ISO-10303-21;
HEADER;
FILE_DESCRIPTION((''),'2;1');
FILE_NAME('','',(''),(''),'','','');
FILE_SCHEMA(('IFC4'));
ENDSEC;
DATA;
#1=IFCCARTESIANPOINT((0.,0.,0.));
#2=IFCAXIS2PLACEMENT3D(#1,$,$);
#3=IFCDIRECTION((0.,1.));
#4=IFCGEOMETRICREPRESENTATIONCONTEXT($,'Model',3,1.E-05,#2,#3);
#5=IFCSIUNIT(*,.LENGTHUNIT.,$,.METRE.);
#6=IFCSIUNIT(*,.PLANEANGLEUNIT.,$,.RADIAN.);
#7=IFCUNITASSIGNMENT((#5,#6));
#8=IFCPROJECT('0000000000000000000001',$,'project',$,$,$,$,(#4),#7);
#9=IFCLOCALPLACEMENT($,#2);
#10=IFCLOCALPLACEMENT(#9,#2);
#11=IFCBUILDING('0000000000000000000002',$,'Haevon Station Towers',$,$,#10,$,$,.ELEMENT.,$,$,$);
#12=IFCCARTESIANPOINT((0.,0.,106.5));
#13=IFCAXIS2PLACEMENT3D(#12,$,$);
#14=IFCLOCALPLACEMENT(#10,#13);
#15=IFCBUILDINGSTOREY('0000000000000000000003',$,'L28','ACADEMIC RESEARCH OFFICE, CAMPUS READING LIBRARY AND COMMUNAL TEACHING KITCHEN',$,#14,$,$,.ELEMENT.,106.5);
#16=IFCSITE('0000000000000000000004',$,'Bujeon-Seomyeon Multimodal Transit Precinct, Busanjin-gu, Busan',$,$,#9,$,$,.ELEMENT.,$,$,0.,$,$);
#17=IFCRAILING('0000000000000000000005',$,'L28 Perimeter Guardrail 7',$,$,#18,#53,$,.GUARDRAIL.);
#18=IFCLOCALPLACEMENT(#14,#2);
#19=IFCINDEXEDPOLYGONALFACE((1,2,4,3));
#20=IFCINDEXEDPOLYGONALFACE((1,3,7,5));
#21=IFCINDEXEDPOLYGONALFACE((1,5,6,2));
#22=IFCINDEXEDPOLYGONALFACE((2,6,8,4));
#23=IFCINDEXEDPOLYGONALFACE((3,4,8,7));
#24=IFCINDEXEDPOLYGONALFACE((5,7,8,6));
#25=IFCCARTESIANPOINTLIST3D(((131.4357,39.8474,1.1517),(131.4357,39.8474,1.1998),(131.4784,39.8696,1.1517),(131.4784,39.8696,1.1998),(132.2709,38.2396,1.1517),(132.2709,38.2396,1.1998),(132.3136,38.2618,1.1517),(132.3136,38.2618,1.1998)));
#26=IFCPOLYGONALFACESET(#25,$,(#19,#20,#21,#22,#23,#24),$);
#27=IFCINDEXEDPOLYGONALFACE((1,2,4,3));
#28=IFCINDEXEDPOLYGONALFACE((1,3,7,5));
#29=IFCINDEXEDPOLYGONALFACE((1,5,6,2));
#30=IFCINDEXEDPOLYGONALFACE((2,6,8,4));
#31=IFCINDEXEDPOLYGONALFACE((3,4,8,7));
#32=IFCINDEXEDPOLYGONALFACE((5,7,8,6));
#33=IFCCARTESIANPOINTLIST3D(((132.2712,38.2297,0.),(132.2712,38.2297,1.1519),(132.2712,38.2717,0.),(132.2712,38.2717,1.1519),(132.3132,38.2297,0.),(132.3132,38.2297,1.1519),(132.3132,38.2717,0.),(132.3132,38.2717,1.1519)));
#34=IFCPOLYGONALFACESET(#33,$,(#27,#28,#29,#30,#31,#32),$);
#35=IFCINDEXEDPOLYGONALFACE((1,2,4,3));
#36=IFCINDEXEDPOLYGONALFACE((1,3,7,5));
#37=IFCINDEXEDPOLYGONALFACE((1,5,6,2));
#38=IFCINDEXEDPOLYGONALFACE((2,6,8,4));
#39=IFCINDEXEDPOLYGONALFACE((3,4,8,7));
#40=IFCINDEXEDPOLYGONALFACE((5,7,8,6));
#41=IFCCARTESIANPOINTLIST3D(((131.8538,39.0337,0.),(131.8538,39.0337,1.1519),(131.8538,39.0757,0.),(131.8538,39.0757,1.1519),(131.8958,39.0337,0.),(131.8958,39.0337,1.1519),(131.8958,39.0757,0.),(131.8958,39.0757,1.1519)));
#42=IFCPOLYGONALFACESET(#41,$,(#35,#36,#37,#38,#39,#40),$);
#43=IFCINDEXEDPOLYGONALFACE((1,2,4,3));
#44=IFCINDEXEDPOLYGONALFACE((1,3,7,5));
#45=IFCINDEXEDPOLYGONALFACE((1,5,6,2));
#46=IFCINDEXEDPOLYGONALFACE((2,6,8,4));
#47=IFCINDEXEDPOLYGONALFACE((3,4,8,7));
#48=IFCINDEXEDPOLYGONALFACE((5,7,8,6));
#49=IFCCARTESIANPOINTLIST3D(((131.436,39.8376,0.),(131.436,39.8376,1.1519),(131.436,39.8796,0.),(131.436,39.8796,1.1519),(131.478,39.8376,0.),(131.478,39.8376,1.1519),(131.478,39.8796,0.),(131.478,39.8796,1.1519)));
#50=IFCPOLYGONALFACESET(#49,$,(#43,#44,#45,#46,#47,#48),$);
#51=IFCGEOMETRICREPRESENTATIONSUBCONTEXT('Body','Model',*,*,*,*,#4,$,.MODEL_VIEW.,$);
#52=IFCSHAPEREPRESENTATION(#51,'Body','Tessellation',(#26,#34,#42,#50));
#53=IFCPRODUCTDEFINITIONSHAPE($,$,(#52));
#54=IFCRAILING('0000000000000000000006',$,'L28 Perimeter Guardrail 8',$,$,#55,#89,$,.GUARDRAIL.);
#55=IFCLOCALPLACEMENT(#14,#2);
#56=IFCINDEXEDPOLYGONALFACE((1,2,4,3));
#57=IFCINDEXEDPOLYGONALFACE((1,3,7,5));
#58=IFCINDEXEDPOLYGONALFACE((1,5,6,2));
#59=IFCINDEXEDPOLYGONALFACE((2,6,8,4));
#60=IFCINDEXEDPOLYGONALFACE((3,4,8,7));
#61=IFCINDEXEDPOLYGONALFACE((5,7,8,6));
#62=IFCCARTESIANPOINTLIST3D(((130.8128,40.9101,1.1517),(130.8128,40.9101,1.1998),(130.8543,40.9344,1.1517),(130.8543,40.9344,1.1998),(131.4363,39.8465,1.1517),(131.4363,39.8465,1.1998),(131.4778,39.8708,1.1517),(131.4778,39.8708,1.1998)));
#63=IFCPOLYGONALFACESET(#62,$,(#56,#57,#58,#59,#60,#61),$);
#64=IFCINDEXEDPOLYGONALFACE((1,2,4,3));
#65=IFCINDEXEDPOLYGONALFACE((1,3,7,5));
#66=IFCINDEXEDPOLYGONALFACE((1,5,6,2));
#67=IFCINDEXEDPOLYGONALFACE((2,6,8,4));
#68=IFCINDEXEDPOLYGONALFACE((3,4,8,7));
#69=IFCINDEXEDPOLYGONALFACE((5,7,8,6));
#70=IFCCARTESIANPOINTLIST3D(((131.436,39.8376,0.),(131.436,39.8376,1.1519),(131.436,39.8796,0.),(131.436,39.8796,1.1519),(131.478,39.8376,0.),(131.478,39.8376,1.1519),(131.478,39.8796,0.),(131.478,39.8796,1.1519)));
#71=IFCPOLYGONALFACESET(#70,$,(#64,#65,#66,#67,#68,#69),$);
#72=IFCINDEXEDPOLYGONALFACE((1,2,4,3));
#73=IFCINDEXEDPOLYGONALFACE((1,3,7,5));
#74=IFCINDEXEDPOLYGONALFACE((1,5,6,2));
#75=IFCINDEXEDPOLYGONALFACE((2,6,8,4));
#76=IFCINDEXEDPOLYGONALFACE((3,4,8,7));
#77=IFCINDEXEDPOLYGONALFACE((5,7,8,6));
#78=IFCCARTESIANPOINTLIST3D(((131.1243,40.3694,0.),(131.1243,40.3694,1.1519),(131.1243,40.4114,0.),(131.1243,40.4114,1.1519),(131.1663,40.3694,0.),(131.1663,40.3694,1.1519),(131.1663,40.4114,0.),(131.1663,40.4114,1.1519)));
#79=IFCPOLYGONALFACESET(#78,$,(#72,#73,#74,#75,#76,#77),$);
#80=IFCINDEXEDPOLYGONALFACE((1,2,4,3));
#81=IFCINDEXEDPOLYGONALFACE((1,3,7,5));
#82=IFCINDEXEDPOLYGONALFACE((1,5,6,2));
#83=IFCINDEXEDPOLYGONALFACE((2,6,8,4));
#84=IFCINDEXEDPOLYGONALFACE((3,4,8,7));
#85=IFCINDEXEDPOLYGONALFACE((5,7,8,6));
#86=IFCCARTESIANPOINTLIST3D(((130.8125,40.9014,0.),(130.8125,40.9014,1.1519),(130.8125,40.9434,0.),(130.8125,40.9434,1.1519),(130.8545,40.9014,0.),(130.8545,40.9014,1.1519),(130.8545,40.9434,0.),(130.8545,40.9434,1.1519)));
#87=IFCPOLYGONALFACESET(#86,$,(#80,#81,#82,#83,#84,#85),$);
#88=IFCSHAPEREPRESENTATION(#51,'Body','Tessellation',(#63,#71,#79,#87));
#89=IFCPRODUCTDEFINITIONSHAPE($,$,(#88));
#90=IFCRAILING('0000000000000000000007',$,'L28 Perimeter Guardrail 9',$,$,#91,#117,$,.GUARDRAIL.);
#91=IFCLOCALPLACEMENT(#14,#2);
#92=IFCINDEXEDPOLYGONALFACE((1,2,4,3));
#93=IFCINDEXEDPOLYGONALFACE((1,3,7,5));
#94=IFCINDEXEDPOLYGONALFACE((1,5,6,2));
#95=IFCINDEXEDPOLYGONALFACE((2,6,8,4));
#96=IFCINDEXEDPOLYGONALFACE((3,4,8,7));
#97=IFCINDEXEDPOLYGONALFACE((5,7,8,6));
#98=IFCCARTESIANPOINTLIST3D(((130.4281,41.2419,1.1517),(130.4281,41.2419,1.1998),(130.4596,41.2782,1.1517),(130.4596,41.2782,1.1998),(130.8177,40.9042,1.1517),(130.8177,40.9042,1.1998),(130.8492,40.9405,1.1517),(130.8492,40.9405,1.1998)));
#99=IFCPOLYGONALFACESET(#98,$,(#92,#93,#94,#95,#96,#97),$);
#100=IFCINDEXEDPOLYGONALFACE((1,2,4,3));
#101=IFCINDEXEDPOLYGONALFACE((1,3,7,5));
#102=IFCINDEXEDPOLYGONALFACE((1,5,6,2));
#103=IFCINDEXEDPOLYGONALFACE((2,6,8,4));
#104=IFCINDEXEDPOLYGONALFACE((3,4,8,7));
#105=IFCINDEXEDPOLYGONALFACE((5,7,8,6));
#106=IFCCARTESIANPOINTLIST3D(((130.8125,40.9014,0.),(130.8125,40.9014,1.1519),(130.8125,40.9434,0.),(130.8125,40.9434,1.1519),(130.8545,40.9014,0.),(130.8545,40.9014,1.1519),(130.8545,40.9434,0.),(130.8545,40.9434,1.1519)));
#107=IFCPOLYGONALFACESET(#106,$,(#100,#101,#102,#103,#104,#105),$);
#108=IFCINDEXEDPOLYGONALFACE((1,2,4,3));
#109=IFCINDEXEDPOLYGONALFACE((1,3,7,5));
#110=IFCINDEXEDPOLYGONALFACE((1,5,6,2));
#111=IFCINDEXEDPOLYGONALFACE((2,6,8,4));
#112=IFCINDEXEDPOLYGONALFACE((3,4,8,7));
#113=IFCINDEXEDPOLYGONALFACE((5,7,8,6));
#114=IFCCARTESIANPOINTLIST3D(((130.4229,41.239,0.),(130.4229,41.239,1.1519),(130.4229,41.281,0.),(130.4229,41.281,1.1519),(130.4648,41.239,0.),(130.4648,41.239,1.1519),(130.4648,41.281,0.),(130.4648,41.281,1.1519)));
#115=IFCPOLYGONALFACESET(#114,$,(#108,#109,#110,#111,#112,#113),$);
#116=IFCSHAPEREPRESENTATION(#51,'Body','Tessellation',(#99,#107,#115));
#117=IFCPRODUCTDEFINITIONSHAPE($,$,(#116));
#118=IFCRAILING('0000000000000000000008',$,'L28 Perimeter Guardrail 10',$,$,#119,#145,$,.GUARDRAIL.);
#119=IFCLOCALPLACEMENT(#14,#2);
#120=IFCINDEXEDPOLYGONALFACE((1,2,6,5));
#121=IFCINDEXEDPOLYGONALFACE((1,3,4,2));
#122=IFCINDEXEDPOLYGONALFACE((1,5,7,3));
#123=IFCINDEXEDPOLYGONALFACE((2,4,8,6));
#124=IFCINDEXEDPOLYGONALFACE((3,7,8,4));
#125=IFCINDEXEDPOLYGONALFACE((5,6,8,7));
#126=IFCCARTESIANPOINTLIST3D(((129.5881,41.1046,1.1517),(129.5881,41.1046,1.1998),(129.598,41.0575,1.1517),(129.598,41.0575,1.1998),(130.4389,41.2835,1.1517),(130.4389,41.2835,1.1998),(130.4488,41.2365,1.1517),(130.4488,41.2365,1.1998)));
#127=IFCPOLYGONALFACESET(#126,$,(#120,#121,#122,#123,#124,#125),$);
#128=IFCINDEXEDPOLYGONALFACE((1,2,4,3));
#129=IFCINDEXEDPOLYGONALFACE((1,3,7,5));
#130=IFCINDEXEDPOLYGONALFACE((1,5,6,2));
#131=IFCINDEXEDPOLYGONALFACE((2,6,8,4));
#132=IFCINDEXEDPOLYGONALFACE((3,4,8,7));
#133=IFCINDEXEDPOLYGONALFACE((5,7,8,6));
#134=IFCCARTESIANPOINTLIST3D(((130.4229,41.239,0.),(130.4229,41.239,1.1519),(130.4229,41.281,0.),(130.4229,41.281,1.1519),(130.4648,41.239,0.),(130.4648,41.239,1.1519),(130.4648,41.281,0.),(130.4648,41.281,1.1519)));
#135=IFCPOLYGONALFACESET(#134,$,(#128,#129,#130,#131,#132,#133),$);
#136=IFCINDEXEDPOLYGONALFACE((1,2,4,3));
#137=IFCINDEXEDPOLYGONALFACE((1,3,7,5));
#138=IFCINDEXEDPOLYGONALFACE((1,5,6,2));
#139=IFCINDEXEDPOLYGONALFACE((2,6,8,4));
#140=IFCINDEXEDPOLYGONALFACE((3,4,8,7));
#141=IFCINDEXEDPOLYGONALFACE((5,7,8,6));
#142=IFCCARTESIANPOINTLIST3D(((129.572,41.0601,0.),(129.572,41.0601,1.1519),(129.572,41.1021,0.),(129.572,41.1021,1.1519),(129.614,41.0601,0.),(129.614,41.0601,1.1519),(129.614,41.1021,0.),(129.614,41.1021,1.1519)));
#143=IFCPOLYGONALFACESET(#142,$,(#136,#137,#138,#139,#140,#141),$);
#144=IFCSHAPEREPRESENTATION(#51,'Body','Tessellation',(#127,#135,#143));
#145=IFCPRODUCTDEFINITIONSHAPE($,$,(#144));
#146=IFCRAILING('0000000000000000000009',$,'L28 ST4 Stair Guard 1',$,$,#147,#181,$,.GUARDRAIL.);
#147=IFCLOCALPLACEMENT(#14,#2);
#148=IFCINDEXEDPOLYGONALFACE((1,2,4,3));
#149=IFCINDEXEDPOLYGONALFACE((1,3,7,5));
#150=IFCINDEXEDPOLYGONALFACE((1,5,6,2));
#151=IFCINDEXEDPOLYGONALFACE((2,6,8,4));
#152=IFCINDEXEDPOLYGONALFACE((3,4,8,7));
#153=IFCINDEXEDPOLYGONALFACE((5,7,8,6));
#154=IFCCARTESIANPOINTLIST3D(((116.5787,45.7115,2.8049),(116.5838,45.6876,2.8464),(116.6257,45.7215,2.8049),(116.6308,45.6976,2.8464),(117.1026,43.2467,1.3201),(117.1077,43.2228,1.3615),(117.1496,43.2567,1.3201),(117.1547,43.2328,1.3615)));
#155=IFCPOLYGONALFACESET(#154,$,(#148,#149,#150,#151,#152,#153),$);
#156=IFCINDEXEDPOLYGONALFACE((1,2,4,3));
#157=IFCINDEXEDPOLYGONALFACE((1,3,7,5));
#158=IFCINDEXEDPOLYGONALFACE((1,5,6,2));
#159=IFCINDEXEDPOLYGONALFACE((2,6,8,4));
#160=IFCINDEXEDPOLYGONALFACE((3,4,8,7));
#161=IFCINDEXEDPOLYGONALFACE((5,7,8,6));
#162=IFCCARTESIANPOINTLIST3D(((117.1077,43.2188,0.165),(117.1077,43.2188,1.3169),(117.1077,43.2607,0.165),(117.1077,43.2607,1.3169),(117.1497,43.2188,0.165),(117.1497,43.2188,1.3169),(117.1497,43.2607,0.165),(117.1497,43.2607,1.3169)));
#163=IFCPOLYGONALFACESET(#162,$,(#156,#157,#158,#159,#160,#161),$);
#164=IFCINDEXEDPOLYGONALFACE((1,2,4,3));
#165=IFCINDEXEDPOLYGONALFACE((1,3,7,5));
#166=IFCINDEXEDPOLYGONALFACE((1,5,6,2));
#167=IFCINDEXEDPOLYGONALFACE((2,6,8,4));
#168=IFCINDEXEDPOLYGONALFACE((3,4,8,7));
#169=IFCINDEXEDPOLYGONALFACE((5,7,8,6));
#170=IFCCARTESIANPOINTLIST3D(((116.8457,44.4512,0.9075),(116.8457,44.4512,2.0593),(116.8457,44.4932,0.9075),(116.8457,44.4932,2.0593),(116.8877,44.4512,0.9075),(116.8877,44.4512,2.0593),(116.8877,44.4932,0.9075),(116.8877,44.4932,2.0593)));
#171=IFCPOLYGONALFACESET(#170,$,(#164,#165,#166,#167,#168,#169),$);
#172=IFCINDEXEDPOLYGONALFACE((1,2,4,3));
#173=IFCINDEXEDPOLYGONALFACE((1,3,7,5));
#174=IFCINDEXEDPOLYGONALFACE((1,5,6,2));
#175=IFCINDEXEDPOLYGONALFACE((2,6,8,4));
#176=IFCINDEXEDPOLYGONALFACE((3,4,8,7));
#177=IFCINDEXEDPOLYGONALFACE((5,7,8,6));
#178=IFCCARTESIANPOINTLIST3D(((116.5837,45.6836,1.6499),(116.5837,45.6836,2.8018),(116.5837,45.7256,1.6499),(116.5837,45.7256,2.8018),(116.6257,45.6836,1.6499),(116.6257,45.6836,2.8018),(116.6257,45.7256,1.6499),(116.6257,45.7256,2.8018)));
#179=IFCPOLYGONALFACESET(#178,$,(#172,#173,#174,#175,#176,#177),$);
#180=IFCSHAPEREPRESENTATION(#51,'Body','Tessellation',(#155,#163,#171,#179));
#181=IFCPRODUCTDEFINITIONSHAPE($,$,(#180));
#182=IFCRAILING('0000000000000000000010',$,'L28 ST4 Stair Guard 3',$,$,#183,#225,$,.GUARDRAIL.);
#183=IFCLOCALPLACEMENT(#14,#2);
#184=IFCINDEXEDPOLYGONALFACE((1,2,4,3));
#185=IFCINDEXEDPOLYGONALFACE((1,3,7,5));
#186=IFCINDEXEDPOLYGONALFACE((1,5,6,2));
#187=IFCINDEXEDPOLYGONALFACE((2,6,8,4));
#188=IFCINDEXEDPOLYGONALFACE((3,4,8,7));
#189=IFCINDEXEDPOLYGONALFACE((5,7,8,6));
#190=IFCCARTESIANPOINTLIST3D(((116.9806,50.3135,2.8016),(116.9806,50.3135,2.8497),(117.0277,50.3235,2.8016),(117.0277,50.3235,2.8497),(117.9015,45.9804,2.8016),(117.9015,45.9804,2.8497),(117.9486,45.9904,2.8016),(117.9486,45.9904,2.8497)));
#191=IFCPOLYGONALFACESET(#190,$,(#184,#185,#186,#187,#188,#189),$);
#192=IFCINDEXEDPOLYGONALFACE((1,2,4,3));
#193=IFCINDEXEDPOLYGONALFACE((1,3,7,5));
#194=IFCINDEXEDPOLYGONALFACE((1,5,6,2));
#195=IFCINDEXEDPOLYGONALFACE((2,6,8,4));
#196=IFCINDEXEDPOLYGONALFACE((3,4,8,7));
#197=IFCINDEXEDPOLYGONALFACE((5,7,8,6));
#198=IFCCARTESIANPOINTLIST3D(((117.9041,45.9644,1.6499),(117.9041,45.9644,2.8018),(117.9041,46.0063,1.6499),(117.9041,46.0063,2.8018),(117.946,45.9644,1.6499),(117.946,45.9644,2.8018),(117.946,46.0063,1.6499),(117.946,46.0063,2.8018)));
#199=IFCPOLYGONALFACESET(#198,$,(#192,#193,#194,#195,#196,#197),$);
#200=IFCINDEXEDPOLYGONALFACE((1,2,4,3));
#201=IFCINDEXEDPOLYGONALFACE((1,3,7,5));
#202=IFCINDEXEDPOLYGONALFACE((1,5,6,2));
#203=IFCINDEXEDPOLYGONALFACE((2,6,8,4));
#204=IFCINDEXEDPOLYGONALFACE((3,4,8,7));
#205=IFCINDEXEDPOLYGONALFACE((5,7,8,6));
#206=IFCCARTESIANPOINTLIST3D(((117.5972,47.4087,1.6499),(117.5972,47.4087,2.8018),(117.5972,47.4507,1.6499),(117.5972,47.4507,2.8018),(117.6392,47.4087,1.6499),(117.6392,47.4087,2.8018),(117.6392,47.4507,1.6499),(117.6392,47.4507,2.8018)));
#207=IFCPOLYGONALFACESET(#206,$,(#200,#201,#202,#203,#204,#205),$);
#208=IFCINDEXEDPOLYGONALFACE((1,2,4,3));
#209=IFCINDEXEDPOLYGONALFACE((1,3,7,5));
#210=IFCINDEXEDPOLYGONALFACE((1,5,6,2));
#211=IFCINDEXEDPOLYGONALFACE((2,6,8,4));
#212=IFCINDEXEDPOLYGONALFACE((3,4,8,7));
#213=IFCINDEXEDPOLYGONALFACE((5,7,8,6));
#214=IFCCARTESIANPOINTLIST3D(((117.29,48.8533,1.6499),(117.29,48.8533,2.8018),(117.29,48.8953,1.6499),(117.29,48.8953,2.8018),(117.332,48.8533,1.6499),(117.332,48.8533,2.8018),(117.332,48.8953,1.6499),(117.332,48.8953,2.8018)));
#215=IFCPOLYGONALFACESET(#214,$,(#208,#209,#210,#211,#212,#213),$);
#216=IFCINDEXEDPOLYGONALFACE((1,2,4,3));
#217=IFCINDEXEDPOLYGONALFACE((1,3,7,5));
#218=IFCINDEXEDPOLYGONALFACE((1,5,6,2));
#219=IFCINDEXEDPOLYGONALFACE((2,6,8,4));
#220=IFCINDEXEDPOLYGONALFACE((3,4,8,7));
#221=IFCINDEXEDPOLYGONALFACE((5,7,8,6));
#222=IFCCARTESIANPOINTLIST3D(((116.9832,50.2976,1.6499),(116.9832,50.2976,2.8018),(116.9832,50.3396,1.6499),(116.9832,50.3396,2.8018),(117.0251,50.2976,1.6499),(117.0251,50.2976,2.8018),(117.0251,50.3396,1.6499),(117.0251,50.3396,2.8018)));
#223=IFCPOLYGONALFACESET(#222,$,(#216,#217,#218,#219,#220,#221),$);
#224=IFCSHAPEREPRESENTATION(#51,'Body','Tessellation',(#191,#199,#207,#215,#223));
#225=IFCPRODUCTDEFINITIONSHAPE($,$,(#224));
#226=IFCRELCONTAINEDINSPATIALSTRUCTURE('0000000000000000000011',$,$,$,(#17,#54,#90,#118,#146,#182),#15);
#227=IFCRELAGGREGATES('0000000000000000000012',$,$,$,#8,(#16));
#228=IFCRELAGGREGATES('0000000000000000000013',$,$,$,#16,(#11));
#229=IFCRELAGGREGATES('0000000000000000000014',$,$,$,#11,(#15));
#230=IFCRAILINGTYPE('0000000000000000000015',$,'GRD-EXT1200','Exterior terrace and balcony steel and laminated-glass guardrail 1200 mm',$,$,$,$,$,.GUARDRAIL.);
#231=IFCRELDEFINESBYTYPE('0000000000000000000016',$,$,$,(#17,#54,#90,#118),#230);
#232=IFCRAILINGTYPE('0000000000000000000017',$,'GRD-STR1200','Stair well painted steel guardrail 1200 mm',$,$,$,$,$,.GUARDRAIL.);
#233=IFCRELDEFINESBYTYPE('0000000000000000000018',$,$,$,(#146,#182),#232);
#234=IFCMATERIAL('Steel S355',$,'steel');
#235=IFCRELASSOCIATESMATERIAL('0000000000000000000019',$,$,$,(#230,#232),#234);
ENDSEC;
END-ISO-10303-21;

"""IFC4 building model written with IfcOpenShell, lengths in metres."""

from ifc_helpers import new_model, si_unit, direction, frame, origin, origin_2d, place, context, subcontext, project, spatial, rectangle, extrude, material, type_object, element, save


model = new_model("IFC4")

# Units and contexts
model_context = context("Model", 3, precision=1e-05, world=origin(), true_north=direction((0.0, 1.0)))
body_context = subcontext(model_context, "Body", "Model", "MODEL_VIEW")
ifc_project = project(units=[si_unit("LENGTHUNIT", "METRE"), si_unit("PLANEANGLEUNIT", "RADIAN")], contexts=[model_context])

# Site, building, storey
site_placement = place(None, origin())
site = spatial("IfcSite", under=ifc_project, at=site_placement, Name="Bujeon-Seomyeon Multimodal Transit Precinct, Busanjin-gu, Busan", CompositionType="ELEMENT", RefElevation=0.0)
building_placement = place(site_placement, origin())
building = spatial("IfcBuilding", under=site, at=building_placement, Name="Haevon Station Towers", CompositionType="ELEMENT")
storey_placement = place(building_placement, frame((0.0, 0.0, 106.5)))
storey = spatial("IfcBuildingStorey", under=building, at=storey_placement, Name="L28", Description="ACADEMIC RESEARCH OFFICE, CAMPUS READING LIBRARY AND COMMUNAL TEACHING KITCHEN", CompositionType="ELEMENT", Elevation=106.5)

# Shared definitions
ifc_material_1 = material(Name="Steel S355", Category="steel")

# Railings
railing_type_1 = type_object("IfcRailingType", Name="GRD-EXT1200", Description="Exterior terrace and balcony steel and laminated-glass guardrail 1200 mm", PredefinedType="GUARDRAIL", material=ifc_material_1)
railing_1_placement = place(storey_placement, frame((132.2922, 38.2507, 0.0)))
element("IfcRailing", 1, at=railing_1_placement, inside=storey, type_object=railing_type_1, Name="L28 Perimeter Guardrail 7", PredefinedType="GUARDRAIL", context=body_context, shape_type="SweptSolid", body=[
    extrude(rectangle(XDim=0.0481, YDim=0.0481, at=origin_2d()), frame((0.0, 0.0, 1.1758), z_axis=(-0.460958, 0.887422, 0.0), x_axis=(-0.887422, -0.460958, 0.0)), (0.0, 0.0, 1.0), 1.8118),
    extrude(rectangle(XDim=0.042, YDim=0.042, at=origin_2d()), origin(), (0.0, 0.0, 1.0), 1.1519),
    extrude(rectangle(XDim=0.042, YDim=0.042, at=origin_2d()), frame((-0.4175, 0.804, 0.0)), (0.0, 0.0, 1.0), 1.1519),
    extrude(rectangle(XDim=0.042, YDim=0.042, at=origin_2d()), frame((-0.8352, 1.6079, 0.0)), (0.0, 0.0, 1.0), 1.1519),
])
railing_2_placement = place(storey_placement, frame((131.457, 39.8586, 0.0)))
element("IfcRailing", 2, at=railing_2_placement, inside=storey, type_object=railing_type_1, Name="L28 Perimeter Guardrail 8", PredefinedType="GUARDRAIL", context=body_context, shape_type="SweptSolid", body=[
    extrude(rectangle(XDim=0.0481, YDim=0.0481, at=origin_2d()), frame((0.0, 0.0, 1.1758), z_axis=(-0.505704, 0.862707, 0.0), x_axis=(-0.862707, -0.505704, 0.0)), (0.0, 0.0, 1.0), 1.2329),
    extrude(rectangle(XDim=0.042, YDim=0.042, at=origin_2d()), origin(), (0.0, 0.0, 1.0), 1.1519),
    extrude(rectangle(XDim=0.042, YDim=0.042, at=origin_2d()), frame((-0.3118, 0.5317, 0.0)), (0.0, 0.0, 1.0), 1.1519),
    extrude(rectangle(XDim=0.042, YDim=0.042, at=origin_2d()), frame((-0.6235, 1.0637, 0.0)), (0.0, 0.0, 1.0), 1.1519),
])
railing_3_placement = place(storey_placement, frame((130.8335, 40.9224, 0.0)))
element("IfcRailing", 3, at=railing_3_placement, inside=storey, type_object=railing_type_1, Name="L28 Perimeter Guardrail 9", PredefinedType="GUARDRAIL", context=body_context, shape_type="SweptSolid", body=[
    extrude(rectangle(XDim=0.0481, YDim=0.0481, at=origin_2d()), frame((0.0, 0.0, 1.1758), z_axis=(-0.755736, 0.654876, 0.0), x_axis=(-0.654876, -0.755736, 0.0)), (0.0, 0.0, 1.0), 0.5156),
    extrude(rectangle(XDim=0.042, YDim=0.042, at=origin_2d()), origin(), (0.0, 0.0, 1.0), 1.1519),
    extrude(rectangle(XDim=0.042, YDim=0.042, at=origin_2d()), frame((-0.3896, 0.3376, 0.0)), (0.0, 0.0, 1.0), 1.1519),
])
railing_4_placement = place(storey_placement, frame((130.4438, 41.26, 0.0)))
element("IfcRailing", 4, at=railing_4_placement, inside=storey, type_object=railing_type_1, Name="L28 Perimeter Guardrail 10", PredefinedType="GUARDRAIL", context=body_context, shape_type="SweptSolid", body=[
    extrude(rectangle(XDim=0.0481, YDim=0.0481, at=origin_2d()), frame((0.0, 0.0, 1.1758), z_axis=(-0.978588, -0.205827, 0.0), x_axis=(0.205827, -0.978588, 0.0)), (0.0, 0.0, 1.0), 0.8694),
    extrude(rectangle(XDim=0.042, YDim=0.042, at=origin_2d()), origin(), (0.0, 0.0, 1.0), 1.1519),
    extrude(rectangle(XDim=0.042, YDim=0.042, at=origin_2d()), frame((-0.8508, -0.179, 0.0)), (0.0, 0.0, 1.0), 1.1519),
])
railing_type_2 = type_object("IfcRailingType", Name="GRD-STR1200", Description="Stair well painted steel guardrail 1200 mm", PredefinedType="GUARDRAIL", material=ifc_material_1)
railing_5_placement = place(storey_placement, frame((117.1287, 43.2397, 0.165)))
element("IfcRailing", 5, at=railing_5_placement, inside=storey, type_object=railing_type_2, Name="L28 ST4 Stair Guard 1", PredefinedType="GUARDRAIL", context=body_context, shape_type="SweptSolid", body=[
    extrude(rectangle(XDim=0.0481, YDim=0.0481, at=origin_2d()), frame((0.0, 0.0, 1.1758), z_axis=(-0.179129, 0.842724, 0.507671), x_axis=(-0.978147, -0.207914, 0.0)), (0.0, 0.0, 1.0), 2.9248),
    extrude(rectangle(XDim=0.042, YDim=0.042, at=origin_2d()), origin(), (0.0, 0.0, 1.0), 1.1519),
    extrude(rectangle(XDim=0.042, YDim=0.042, at=origin_2d()), frame((-0.262, 1.2324, 0.7424)), (0.0, 0.0, 1.0), 1.1519),
    extrude(rectangle(XDim=0.042, YDim=0.042, at=origin_2d()), frame((-0.5239, 2.4648, 1.4849)), (0.0, 0.0, 1.0), 1.1519),
])
railing_6_placement = place(storey_placement, frame((117.925, 45.9854, 1.6499)))
element("IfcRailing", 6, at=railing_6_placement, inside=storey, type_object=railing_type_2, Name="L28 ST4 Stair Guard 3", PredefinedType="GUARDRAIL", context=body_context, shape_type="SweptSolid", body=[
    extrude(rectangle(XDim=0.0481, YDim=0.0481, at=origin_2d()), frame((0.0, 0.0, 1.1758), z_axis=(-0.207877, 0.978155, 0.0), x_axis=(-0.978155, -0.207877, 0.0)), (0.0, 0.0, 1.0), 4.4299),
    extrude(rectangle(XDim=0.042, YDim=0.042, at=origin_2d()), origin(), (0.0, 0.0, 1.0), 1.1519),
    extrude(rectangle(XDim=0.042, YDim=0.042, at=origin_2d()), frame((-0.3069, 1.4443, 0.0)), (0.0, 0.0, 1.0), 1.1519),
    extrude(rectangle(XDim=0.042, YDim=0.042, at=origin_2d()), frame((-0.614, 2.8889, 0.0)), (0.0, 0.0, 1.0), 1.1519),
    extrude(rectangle(XDim=0.042, YDim=0.042, at=origin_2d()), frame((-0.9209, 4.3333, 0.0)), (0.0, 0.0, 1.0), 1.1519),
])

save(model, "model.ifc")
